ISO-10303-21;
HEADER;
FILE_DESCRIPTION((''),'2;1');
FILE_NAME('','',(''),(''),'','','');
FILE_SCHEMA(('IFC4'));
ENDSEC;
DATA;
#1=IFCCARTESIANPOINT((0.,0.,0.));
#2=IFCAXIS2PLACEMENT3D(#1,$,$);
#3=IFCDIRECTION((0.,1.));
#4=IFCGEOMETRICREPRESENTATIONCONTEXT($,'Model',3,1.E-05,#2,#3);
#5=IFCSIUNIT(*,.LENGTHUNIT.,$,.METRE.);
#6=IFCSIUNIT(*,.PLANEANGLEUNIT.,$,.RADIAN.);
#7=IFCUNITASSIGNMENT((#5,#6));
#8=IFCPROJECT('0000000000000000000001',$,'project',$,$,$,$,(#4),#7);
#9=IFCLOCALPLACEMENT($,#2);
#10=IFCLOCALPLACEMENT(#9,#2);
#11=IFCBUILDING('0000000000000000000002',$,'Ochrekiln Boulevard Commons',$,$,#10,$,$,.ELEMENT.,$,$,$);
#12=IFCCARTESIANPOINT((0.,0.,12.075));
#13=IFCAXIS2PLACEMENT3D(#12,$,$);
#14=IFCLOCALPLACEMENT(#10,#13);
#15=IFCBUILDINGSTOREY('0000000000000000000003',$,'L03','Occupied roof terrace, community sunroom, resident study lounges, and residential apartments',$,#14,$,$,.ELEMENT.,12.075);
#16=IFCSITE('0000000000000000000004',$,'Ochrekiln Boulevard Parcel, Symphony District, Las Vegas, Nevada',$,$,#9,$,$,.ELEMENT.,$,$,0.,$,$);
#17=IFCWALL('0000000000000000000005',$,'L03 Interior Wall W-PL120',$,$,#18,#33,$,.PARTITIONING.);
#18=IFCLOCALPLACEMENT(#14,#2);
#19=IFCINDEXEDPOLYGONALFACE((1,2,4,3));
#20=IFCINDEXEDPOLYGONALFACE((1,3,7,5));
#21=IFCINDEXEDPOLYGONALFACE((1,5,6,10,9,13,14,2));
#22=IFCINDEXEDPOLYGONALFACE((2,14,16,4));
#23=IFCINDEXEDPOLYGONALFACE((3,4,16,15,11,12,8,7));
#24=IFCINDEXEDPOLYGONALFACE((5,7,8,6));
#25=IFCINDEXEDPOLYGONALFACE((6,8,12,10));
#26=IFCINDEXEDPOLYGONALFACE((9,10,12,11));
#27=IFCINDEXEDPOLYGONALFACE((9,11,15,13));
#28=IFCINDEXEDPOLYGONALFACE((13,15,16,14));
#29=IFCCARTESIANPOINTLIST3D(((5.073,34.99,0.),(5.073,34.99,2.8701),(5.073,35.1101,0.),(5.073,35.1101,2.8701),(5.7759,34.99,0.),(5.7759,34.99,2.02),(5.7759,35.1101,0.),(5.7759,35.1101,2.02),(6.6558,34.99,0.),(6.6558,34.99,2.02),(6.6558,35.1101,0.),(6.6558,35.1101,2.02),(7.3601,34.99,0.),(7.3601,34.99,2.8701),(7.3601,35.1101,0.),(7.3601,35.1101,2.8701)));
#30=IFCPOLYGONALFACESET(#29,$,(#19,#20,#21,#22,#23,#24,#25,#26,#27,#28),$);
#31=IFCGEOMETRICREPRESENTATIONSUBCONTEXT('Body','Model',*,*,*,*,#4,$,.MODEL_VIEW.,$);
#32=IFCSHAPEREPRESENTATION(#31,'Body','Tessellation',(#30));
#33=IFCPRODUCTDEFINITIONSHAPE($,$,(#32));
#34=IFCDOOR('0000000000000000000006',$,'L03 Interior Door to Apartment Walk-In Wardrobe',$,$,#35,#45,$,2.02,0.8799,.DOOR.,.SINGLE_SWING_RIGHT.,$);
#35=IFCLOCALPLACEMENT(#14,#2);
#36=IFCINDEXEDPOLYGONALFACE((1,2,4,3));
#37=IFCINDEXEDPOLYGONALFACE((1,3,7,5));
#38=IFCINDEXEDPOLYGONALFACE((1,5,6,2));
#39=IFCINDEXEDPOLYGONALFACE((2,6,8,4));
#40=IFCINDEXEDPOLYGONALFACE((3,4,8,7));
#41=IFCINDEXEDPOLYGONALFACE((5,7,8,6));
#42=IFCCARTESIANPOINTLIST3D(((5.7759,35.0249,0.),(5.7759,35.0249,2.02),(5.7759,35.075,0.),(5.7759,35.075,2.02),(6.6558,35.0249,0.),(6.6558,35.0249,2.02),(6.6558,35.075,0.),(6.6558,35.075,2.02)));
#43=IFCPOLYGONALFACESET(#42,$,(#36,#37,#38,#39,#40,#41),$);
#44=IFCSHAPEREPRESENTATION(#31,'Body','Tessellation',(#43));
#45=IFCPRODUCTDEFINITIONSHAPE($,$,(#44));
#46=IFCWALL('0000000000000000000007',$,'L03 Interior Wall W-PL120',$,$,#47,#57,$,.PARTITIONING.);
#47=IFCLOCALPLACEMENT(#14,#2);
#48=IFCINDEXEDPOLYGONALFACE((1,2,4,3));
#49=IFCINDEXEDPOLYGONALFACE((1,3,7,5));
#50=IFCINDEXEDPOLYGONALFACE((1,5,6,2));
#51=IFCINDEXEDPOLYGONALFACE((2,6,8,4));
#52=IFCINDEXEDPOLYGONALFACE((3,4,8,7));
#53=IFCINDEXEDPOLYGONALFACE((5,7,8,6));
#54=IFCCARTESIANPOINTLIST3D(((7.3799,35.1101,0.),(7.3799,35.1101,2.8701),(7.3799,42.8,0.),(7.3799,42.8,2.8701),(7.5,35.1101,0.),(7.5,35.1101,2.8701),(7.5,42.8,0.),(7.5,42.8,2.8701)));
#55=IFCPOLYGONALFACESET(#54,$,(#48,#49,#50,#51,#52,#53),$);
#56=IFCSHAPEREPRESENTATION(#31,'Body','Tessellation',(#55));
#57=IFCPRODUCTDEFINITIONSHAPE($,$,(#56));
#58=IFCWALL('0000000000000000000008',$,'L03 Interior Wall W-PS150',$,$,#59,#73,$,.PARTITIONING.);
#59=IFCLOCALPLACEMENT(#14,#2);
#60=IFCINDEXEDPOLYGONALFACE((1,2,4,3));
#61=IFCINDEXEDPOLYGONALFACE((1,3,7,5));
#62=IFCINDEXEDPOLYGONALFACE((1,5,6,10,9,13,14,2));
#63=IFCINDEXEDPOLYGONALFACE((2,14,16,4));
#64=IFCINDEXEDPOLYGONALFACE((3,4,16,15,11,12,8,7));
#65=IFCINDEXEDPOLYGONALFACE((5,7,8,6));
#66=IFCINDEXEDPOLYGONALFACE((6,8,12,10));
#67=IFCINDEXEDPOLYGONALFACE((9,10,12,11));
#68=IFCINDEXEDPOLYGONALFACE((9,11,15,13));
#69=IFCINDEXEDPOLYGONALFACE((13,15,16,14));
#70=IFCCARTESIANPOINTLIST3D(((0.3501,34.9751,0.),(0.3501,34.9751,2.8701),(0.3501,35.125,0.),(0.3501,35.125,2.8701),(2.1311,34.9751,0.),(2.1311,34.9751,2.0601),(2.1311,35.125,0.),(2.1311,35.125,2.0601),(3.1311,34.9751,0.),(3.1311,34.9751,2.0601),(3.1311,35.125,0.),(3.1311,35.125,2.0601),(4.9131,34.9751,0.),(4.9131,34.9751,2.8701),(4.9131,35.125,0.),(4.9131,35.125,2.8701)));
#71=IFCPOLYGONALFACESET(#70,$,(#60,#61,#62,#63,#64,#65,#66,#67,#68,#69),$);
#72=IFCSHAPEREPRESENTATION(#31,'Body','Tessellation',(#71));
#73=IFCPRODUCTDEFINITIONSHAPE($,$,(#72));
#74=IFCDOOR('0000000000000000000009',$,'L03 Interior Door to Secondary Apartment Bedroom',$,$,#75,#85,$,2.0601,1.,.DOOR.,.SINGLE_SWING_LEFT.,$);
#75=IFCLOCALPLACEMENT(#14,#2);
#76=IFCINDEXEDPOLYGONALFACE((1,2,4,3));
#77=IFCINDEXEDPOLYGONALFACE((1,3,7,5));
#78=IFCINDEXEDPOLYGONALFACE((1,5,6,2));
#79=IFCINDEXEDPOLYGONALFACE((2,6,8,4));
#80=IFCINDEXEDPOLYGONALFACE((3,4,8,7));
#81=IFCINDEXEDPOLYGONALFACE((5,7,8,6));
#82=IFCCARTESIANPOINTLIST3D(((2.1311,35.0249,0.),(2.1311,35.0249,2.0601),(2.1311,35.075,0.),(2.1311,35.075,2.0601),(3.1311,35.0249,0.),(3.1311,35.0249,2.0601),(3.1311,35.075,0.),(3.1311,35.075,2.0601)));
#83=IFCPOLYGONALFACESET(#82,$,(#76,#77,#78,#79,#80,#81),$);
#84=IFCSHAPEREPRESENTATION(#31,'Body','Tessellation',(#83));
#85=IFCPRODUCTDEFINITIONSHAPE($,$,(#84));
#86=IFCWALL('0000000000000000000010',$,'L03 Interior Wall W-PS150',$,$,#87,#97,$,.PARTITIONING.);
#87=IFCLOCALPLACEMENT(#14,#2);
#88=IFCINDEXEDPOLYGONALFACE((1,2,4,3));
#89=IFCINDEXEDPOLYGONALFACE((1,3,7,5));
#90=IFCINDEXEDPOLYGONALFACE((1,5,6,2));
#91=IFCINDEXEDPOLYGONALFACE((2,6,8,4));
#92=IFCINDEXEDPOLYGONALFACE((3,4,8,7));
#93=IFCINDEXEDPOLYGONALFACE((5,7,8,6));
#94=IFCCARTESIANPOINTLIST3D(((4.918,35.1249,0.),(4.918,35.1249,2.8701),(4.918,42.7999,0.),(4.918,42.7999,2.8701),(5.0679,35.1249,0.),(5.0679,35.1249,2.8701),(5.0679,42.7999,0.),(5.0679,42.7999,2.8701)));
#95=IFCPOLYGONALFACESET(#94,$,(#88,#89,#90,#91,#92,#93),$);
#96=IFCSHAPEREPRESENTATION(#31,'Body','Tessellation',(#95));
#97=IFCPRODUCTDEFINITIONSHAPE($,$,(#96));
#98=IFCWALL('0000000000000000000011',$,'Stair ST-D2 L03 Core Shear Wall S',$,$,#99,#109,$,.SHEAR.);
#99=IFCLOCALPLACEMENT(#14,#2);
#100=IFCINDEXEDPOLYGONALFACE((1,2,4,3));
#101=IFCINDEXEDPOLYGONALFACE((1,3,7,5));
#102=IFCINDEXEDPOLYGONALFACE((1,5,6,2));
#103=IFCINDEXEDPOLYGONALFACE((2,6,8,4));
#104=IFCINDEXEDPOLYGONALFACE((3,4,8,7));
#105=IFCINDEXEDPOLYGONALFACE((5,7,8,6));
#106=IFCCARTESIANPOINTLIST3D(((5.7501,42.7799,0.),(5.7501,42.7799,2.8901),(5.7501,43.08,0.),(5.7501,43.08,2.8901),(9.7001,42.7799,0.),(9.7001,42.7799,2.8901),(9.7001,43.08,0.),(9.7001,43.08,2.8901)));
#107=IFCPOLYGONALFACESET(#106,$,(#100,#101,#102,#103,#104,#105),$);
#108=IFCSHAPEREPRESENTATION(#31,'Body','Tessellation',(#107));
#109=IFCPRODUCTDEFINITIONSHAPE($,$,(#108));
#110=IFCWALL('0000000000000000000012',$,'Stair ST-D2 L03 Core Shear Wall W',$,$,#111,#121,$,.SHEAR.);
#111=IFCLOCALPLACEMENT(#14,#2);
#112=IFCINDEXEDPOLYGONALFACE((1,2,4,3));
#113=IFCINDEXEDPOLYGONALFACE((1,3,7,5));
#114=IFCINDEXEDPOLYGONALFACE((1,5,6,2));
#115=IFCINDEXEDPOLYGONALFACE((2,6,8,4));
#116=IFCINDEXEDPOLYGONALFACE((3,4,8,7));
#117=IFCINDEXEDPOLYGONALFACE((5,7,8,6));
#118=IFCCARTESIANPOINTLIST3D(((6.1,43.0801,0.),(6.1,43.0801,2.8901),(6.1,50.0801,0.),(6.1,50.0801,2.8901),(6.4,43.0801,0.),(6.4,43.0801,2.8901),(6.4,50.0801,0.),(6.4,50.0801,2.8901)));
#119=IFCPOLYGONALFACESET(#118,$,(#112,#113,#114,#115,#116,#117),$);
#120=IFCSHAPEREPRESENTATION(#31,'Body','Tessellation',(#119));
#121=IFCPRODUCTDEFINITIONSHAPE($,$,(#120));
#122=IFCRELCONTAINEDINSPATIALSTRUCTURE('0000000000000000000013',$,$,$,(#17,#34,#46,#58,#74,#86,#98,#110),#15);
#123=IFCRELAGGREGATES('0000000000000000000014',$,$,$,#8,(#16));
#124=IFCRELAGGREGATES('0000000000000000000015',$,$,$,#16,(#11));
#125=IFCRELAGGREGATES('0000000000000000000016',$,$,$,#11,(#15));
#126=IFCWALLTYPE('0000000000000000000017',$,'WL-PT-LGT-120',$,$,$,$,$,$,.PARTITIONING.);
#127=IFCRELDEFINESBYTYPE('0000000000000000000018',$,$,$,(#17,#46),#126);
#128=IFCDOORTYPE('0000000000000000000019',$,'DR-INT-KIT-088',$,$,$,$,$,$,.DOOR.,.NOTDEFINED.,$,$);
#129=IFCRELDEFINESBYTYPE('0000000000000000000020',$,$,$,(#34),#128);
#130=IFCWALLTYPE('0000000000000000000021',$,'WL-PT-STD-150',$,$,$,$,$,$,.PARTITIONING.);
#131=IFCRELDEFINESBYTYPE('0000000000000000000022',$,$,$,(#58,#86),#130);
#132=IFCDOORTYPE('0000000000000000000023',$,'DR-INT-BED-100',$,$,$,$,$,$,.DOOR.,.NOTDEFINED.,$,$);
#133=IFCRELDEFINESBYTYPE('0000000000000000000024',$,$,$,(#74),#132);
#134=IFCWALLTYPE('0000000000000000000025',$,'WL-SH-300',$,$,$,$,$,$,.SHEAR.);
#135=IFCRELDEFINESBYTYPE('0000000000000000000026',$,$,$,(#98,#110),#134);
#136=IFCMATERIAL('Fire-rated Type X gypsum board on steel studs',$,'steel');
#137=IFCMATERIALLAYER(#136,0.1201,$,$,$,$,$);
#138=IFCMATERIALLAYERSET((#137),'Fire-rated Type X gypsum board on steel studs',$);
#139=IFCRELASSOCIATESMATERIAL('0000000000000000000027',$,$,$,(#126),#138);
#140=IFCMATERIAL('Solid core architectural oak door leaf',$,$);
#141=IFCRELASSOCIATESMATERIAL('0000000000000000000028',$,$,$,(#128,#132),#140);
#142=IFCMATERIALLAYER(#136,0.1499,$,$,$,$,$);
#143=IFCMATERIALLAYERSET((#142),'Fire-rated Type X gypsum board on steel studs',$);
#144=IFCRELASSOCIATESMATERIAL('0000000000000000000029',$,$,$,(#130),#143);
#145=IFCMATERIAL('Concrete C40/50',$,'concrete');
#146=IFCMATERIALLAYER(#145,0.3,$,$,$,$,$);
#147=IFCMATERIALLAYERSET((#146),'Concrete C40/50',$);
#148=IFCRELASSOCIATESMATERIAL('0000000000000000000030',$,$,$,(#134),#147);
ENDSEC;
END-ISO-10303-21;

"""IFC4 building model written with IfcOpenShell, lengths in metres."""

from ifc_helpers import new_model, si_unit, direction, frame, frame_2d, origin, place, context, subcontext, project, spatial, rectangle, extrude, material, layer, layer_set, type_object, element, fill, save


model = new_model("IFC4")

# Units and contexts
model_context = context("Model", 3, precision=1e-05, world=origin(), true_north=direction((0.0, 1.0)))
body_context = subcontext(model_context, "Body", "Model", "MODEL_VIEW")
ifc_project = project(units=[si_unit("LENGTHUNIT", "METRE"), si_unit("PLANEANGLEUNIT", "RADIAN")], contexts=[model_context])

# Site, building, storey
site_placement = place(None, origin())
site = spatial("IfcSite", under=ifc_project, at=site_placement, Name="Ochrekiln Boulevard Parcel, Symphony District, Las Vegas, Nevada", CompositionType="ELEMENT", RefElevation=0.0)
building_placement = place(site_placement, origin())
building = spatial("IfcBuilding", under=site, at=building_placement, Name="Ochrekiln Boulevard Commons", CompositionType="ELEMENT")
storey_placement = place(building_placement, frame((0.0, 0.0, 12.075)))
storey = spatial("IfcBuildingStorey", under=building, at=storey_placement, Name="L03", Description="Occupied roof terrace, community sunroom, resident study lounges, and residential apartments", CompositionType="ELEMENT", Elevation=12.075)

# Shared definitions
ifc_material_1 = material(Name="Concrete C40/50", Category="concrete")

# Shared definitions
ifc_material_2 = material(Name="Fire-rated Type X gypsum board on steel studs", Category="steel")

# Shared definitions
ifc_material_3 = material(Name="Solid core architectural oak door leaf")

# Wall, opening, door
ifc_layer_1 = layer(ifc_material_2, 0.1201)
ifc_layer_set_1 = layer_set([ifc_layer_1], Name="Fire-rated Type X gypsum board on steel studs")
wall_type_1 = type_object("IfcWallType", Name="WL-PT-LGT-120", PredefinedType="PARTITIONING", material=ifc_layer_set_1)
door_type_1 = type_object("IfcDoorType", Name="DR-INT-KIT-088", OperationType="NOTDEFINED", PredefinedType="DOOR", material=ifc_material_3)
wall_1_placement = place(storey_placement, frame((5.073, 35.05, 0.0), z_axis=(0.0, 0.0, 1.0), x_axis=(1.0, 0.0, 0.0)))
wall_1 = element("IfcWall", 1, at=wall_1_placement, inside=storey, type_object=wall_type_1, Name="L03 Interior Wall W-PL120", PredefinedType="PARTITIONING", context=body_context, shape_type="SweptSolid", body=[
    extrude(rectangle(XDim=2.2871, YDim=0.1201, at=frame_2d((1.1436, 0.0))), origin(), (0.0, 0.0, 1.0), 2.8701),
])
opening_1_placement = place(wall_1_placement, frame((0.7029, 0.0, 0.0)))
opening_1 = element("IfcOpeningElement", 2, at=opening_1_placement, cuts=wall_1, PredefinedType="OPENING", context=body_context, shape_type="SweptSolid", body=[
    extrude(rectangle(XDim=0.8799, YDim=2.02, at=frame_2d((0.4399, 1.01))), frame((0.0, 0.0701, 0.0), z_axis=(0.0, -1.0, 0.0), x_axis=(1.0, 0.0, 0.0)), (0.0, 0.0, 1.0), 0.1401),
])
door_1_placement = place(opening_1_placement, origin())
door_1 = element("IfcDoor", 3, at=door_1_placement, inside=storey, type_object=door_type_1, Name="L03 Interior Door to Apartment Walk-In Wardrobe", OperationType="SINGLE_SWING_RIGHT", OverallHeight=2.02, OverallWidth=0.8799, PredefinedType="DOOR", context=body_context, shape_type="SweptSolid", body=[
    extrude(rectangle(XDim=0.8799, YDim=2.02, at=frame_2d((0.4399, 1.01))), frame((0.0, 0.0249, 0.0), z_axis=(0.0, -1.0, 0.0), x_axis=(1.0, 0.0, 0.0)), (0.0, 0.0, 1.0), 0.05),
])
fill(opening_1, door_1)

# Wall
wall_2_placement = place(storey_placement, frame((7.4399, 35.1101, 0.0), z_axis=(0.0, 0.0, 1.0), x_axis=(0.0, 1.0, 0.0)))
element("IfcWall", 4, at=wall_2_placement, inside=storey, type_object=wall_type_1, Name="L03 Interior Wall W-PL120", PredefinedType="PARTITIONING", context=body_context, shape_type="SweptSolid", body=[
    extrude(rectangle(XDim=7.6899, YDim=0.1201, at=frame_2d((3.845, 0.0))), origin(), (0.0, 0.0, 1.0), 2.8701),
])

# Wall, opening, door
ifc_layer_2 = layer(ifc_material_2, 0.1499)
ifc_layer_set_2 = layer_set([ifc_layer_2], Name="Fire-rated Type X gypsum board on steel studs")
wall_type_2 = type_object("IfcWallType", Name="WL-PT-STD-150", PredefinedType="PARTITIONING", material=ifc_layer_set_2)
wall_3_placement = place(storey_placement, frame((0.3501, 35.05, 0.0), z_axis=(0.0, 0.0, 1.0), x_axis=(1.0, 0.0, 0.0)))
wall_3 = element("IfcWall", 5, at=wall_3_placement, inside=storey, type_object=wall_type_2, Name="L03 Interior Wall W-PS150", PredefinedType="PARTITIONING", context=body_context, shape_type="SweptSolid", body=[
    extrude(rectangle(XDim=4.563, YDim=0.1499, at=frame_2d((2.2815, 0.0))), origin(), (0.0, 0.0, 1.0), 2.8701),
])
opening_2_placement = place(wall_3_placement, frame((1.781, 0.0, 0.0)))
opening_2 = element("IfcOpeningElement", 6, at=opening_2_placement, cuts=wall_3, PredefinedType="OPENING", context=body_context, shape_type="SweptSolid", body=[
    extrude(rectangle(XDim=1.0, YDim=2.0601, at=frame_2d((0.5, 1.03))), frame((0.0, 0.085, 0.0), z_axis=(0.0, -1.0, 0.0), x_axis=(1.0, 0.0, 0.0)), (0.0, 0.0, 1.0), 0.1699),
])
door_type_2 = type_object("IfcDoorType", Name="DR-INT-BED-100", OperationType="NOTDEFINED", PredefinedType="DOOR", material=ifc_material_3)
door_2_placement = place(opening_2_placement, origin())
door_2 = element("IfcDoor", 7, at=door_2_placement, inside=storey, type_object=door_type_2, Name="L03 Interior Door to Secondary Apartment Bedroom", OperationType="SINGLE_SWING_LEFT", OverallHeight=2.0601, OverallWidth=1.0, PredefinedType="DOOR", context=body_context, shape_type="SweptSolid", body=[
    extrude(rectangle(XDim=1.0, YDim=2.0601, at=frame_2d((0.5, 1.03))), frame((0.0, 0.0249, 0.0), z_axis=(0.0, -1.0, 0.0), x_axis=(1.0, 0.0, 0.0)), (0.0, 0.0, 1.0), 0.05),
])
fill(opening_2, door_2)

# Walls
wall_4_placement = place(storey_placement, frame((4.9929, 35.125, 0.0), z_axis=(0.0, 0.0, 1.0), x_axis=(0.0, 1.0, 0.0)))
element("IfcWall", 8, at=wall_4_placement, inside=storey, type_object=wall_type_2, Name="L03 Interior Wall W-PS150", PredefinedType="PARTITIONING", context=body_context, shape_type="SweptSolid", body=[
    extrude(rectangle(XDim=7.675, YDim=0.1499, at=frame_2d((3.8374, 0.0))), origin(), (0.0, 0.0, 1.0), 2.8701),
])
ifc_layer_3 = layer(ifc_material_1, 0.3)
ifc_layer_set_3 = layer_set([ifc_layer_3], Name="Concrete C40/50")
wall_type_3 = type_object("IfcWallType", Name="WL-SH-300", PredefinedType="SHEAR", material=ifc_layer_set_3)
wall_5_placement = place(storey_placement, frame((5.75, 42.9299, 0.0), z_axis=(0.0, 0.0, 1.0), x_axis=(1.0, 0.0, 0.0)))
element("IfcWall", 9, at=wall_5_placement, inside=storey, type_object=wall_type_3, Name="Stair ST-D2 L03 Core Shear Wall S", PredefinedType="SHEAR", context=body_context, shape_type="SweptSolid", body=[
    extrude(rectangle(XDim=3.95, YDim=0.3, at=frame_2d((1.9751, 0.0))), origin(), (0.0, 0.0, 1.0), 2.8901),
])
wall_6_placement = place(storey_placement, frame((6.25, 43.0801, 0.0), z_axis=(0.0, 0.0, 1.0), x_axis=(0.0, 1.0, 0.0)))
element("IfcWall", 10, at=wall_6_placement, inside=storey, type_object=wall_type_3, Name="Stair ST-D2 L03 Core Shear Wall W", PredefinedType="SHEAR", context=body_context, shape_type="SweptSolid", body=[
    extrude(rectangle(XDim=7.0, YDim=0.3, at=frame_2d((3.5, 0.0))), origin(), (0.0, 0.0, 1.0), 2.8901),
])

save(model, "model.ifc")
